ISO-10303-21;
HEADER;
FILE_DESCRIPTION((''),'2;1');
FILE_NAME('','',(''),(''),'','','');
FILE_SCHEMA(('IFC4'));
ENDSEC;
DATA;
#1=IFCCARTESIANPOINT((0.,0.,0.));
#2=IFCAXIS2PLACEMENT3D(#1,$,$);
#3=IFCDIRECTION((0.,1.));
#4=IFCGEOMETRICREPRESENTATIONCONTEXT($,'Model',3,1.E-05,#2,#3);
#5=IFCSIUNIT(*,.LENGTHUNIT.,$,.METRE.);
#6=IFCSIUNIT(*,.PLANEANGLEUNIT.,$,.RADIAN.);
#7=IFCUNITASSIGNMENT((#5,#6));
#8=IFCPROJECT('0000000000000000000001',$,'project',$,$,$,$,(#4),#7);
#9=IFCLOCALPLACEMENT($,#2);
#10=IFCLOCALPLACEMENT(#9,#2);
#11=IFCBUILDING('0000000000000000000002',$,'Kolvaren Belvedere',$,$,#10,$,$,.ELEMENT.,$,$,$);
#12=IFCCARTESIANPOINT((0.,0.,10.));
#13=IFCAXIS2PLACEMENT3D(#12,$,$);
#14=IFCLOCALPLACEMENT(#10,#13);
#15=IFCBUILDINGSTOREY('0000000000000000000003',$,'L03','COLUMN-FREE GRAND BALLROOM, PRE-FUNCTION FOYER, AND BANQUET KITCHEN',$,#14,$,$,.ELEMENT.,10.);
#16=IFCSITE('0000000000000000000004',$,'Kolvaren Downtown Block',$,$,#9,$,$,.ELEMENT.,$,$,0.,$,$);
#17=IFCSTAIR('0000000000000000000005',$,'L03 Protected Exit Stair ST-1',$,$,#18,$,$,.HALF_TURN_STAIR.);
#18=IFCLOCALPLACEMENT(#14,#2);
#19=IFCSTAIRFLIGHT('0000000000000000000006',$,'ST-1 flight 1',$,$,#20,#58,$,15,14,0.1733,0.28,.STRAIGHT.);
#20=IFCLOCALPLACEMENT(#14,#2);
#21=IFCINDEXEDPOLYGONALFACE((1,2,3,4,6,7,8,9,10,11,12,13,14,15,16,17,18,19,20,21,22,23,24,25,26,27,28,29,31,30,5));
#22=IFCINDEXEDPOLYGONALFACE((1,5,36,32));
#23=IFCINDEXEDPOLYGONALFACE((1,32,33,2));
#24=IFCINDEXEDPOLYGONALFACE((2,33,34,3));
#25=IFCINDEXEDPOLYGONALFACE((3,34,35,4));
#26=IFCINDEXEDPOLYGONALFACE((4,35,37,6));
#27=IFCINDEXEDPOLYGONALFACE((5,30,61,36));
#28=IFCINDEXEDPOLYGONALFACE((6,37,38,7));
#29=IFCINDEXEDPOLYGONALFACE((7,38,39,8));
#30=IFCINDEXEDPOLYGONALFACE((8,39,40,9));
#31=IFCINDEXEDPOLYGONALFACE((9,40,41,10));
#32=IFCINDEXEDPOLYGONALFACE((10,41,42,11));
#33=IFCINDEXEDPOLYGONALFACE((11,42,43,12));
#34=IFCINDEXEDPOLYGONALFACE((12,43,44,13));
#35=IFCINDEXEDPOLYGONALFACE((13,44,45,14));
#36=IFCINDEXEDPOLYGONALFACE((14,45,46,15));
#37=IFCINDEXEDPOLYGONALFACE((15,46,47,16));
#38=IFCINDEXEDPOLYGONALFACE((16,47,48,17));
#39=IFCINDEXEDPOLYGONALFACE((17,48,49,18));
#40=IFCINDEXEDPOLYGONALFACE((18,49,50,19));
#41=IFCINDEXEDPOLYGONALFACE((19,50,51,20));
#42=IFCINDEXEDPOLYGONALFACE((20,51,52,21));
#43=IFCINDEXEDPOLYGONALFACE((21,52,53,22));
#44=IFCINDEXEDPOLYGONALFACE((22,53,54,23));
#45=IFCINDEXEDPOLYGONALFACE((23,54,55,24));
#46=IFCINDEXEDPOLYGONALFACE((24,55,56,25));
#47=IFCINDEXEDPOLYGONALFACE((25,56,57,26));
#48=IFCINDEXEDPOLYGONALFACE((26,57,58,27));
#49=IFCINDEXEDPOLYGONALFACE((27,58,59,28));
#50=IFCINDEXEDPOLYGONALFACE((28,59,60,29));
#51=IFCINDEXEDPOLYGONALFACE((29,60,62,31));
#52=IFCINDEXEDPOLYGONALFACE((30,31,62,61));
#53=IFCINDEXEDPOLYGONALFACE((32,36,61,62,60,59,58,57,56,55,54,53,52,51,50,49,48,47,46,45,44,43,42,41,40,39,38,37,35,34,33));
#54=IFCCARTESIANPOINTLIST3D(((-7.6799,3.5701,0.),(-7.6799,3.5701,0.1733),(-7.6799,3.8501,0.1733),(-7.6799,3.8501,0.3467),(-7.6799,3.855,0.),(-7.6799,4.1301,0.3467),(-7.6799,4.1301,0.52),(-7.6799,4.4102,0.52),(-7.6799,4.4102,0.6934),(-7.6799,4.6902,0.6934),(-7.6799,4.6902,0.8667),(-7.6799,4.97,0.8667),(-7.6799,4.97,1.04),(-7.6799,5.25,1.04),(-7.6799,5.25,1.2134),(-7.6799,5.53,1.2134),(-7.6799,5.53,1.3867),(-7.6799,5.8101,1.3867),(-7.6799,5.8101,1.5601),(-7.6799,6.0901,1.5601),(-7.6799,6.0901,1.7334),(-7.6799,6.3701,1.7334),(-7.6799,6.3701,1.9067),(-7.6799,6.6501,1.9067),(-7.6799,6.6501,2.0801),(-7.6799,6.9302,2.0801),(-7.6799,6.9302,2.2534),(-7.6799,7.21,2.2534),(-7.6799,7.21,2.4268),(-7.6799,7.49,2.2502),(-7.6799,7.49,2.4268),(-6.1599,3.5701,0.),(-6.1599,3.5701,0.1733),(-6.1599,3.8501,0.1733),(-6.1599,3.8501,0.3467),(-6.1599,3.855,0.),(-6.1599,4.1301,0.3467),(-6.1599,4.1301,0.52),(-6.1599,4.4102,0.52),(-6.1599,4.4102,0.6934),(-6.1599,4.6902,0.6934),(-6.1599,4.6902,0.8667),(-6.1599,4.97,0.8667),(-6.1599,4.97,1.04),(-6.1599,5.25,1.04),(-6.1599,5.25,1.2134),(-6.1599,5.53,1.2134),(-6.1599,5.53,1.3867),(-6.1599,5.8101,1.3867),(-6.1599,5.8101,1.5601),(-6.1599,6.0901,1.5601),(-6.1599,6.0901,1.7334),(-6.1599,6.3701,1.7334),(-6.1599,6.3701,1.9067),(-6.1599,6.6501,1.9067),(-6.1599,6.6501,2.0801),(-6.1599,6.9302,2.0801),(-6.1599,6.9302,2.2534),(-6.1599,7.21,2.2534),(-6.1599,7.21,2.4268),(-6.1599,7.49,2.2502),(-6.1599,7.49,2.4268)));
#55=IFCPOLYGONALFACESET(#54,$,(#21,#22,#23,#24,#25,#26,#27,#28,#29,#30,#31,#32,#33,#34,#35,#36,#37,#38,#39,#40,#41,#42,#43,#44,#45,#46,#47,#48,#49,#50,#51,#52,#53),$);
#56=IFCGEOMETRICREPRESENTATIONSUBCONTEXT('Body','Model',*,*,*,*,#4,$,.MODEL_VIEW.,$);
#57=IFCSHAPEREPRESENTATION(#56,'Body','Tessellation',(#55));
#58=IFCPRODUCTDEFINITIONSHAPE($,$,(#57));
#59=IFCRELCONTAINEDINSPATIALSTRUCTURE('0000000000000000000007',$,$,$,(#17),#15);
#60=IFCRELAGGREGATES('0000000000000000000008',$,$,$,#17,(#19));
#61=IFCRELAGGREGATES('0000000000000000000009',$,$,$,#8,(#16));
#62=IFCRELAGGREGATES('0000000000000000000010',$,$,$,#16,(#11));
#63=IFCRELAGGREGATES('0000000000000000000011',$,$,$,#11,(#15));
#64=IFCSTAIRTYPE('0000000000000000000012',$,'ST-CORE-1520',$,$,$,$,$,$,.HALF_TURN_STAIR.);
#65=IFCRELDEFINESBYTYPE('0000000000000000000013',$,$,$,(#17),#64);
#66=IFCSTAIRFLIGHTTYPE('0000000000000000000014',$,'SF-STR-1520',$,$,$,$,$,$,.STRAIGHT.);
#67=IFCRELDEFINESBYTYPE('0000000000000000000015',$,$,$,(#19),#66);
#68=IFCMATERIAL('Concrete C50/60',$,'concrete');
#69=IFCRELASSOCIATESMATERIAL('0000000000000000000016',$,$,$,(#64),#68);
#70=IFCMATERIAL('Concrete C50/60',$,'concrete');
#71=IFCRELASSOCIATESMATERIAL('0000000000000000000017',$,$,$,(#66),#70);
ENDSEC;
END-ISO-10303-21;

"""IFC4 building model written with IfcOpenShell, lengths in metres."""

from ifc_helpers import new_model, si_unit, direction, frame, origin, place, context, subcontext, project, spatial, polyline, outline, extrude, material, type_object, element, aggregate, save


model = new_model("IFC4")

# Units and contexts
model_context = context("Model", 3, precision=1e-05, world=origin(), true_north=direction((0.0, 1.0)))
body_context = subcontext(model_context, "Body", "Model", "MODEL_VIEW")
ifc_project = project(units=[si_unit("LENGTHUNIT", "METRE"), si_unit("PLANEANGLEUNIT", "RADIAN")], contexts=[model_context])

# Site, building, storey
site_placement = place(None, origin())
site = spatial("IfcSite", under=ifc_project, at=site_placement, Name="Kolvaren Downtown Block", CompositionType="ELEMENT", RefElevation=0.0)
building_placement = place(site_placement, origin())
building = spatial("IfcBuilding", under=site, at=building_placement, Name="Kolvaren Belvedere", CompositionType="ELEMENT")
storey_placement = place(building_placement, frame((0.0, 0.0, 10.0)))
storey = spatial("IfcBuildingStorey", under=building, at=storey_placement, Name="L03", Description="COLUMN-FREE GRAND BALLROOM, PRE-FUNCTION FOYER, AND BANQUET KITCHEN", CompositionType="ELEMENT", Elevation=10.0)

# Stair
ifc_material_1 = material(Name="Concrete C50/60", Category="concrete")
stair_type_1 = type_object("IfcStairType", Name="ST-CORE-1520", PredefinedType="HALF_TURN_STAIR", material=ifc_material_1)
stair_1_placement = place(storey_placement, origin())
stair_1 = element("IfcStair", 1, at=stair_1_placement, inside=storey, type_object=stair_type_1, Name="L03 Protected Exit Stair ST-1", PredefinedType="HALF_TURN_STAIR")

# Stair flight
ifc_material_2 = material(Name="Concrete C50/60", Category="concrete")
stair_flight_type = type_object("IfcStairFlightType", Name="SF-STR-1520", PredefinedType="STRAIGHT", material=ifc_material_2)
stair_flight_placement = place(storey_placement, frame((-6.9199, 3.5701, 0.0), z_axis=(0.0, 0.0, 1.0), x_axis=(0.0, 1.0, 0.0)))
stair_flight = element("IfcStairFlight", 2, at=stair_flight_placement, type_object=stair_flight_type, Name="ST-1 flight 1", NumberOfRisers=15, NumberOfTreads=14, PredefinedType="STRAIGHT", RiserHeight=0.1733, TreadLength=0.28, context=body_context, shape_type="SweptSolid", body=[
    extrude(outline(polyline([(0.0, 0.0), (0.0, 0.1733), (0.28, 0.1733), (0.28, 0.3467), (0.5601, 0.3467), (0.5601, 0.52), (0.8401, 0.52), (0.8401, 0.6934), (1.1201, 0.6934), (1.1201, 0.8667), (1.3999, 0.8667), (1.3999, 1.04), (1.6799, 1.04), (1.6799, 1.2134), (1.96, 1.2134), (1.96, 1.3867), (2.24, 1.3867), (2.24, 1.5601), (2.52, 1.5601), (2.52, 1.7334), (2.8, 1.7334), (2.8, 1.9067), (3.0801, 1.9067), (3.0801, 2.0801), (3.3601, 2.0801), (3.3601, 2.2534), (3.6399, 2.2534), (3.6399, 2.4268), (3.9199, 2.4268), (3.9199, 2.6001), (3.9199, 2.2502), (0.2849, 0.0), (0.0, 0.0)])), frame((0.0, 0.76, 0.0), z_axis=(0.0, -1.0, 0.0), x_axis=(1.0, 0.0, 0.0)), (0.0, 0.0, 1.0), 1.52),
])
aggregate(stair_1, [stair_flight])

save(model, "model.ifc")
